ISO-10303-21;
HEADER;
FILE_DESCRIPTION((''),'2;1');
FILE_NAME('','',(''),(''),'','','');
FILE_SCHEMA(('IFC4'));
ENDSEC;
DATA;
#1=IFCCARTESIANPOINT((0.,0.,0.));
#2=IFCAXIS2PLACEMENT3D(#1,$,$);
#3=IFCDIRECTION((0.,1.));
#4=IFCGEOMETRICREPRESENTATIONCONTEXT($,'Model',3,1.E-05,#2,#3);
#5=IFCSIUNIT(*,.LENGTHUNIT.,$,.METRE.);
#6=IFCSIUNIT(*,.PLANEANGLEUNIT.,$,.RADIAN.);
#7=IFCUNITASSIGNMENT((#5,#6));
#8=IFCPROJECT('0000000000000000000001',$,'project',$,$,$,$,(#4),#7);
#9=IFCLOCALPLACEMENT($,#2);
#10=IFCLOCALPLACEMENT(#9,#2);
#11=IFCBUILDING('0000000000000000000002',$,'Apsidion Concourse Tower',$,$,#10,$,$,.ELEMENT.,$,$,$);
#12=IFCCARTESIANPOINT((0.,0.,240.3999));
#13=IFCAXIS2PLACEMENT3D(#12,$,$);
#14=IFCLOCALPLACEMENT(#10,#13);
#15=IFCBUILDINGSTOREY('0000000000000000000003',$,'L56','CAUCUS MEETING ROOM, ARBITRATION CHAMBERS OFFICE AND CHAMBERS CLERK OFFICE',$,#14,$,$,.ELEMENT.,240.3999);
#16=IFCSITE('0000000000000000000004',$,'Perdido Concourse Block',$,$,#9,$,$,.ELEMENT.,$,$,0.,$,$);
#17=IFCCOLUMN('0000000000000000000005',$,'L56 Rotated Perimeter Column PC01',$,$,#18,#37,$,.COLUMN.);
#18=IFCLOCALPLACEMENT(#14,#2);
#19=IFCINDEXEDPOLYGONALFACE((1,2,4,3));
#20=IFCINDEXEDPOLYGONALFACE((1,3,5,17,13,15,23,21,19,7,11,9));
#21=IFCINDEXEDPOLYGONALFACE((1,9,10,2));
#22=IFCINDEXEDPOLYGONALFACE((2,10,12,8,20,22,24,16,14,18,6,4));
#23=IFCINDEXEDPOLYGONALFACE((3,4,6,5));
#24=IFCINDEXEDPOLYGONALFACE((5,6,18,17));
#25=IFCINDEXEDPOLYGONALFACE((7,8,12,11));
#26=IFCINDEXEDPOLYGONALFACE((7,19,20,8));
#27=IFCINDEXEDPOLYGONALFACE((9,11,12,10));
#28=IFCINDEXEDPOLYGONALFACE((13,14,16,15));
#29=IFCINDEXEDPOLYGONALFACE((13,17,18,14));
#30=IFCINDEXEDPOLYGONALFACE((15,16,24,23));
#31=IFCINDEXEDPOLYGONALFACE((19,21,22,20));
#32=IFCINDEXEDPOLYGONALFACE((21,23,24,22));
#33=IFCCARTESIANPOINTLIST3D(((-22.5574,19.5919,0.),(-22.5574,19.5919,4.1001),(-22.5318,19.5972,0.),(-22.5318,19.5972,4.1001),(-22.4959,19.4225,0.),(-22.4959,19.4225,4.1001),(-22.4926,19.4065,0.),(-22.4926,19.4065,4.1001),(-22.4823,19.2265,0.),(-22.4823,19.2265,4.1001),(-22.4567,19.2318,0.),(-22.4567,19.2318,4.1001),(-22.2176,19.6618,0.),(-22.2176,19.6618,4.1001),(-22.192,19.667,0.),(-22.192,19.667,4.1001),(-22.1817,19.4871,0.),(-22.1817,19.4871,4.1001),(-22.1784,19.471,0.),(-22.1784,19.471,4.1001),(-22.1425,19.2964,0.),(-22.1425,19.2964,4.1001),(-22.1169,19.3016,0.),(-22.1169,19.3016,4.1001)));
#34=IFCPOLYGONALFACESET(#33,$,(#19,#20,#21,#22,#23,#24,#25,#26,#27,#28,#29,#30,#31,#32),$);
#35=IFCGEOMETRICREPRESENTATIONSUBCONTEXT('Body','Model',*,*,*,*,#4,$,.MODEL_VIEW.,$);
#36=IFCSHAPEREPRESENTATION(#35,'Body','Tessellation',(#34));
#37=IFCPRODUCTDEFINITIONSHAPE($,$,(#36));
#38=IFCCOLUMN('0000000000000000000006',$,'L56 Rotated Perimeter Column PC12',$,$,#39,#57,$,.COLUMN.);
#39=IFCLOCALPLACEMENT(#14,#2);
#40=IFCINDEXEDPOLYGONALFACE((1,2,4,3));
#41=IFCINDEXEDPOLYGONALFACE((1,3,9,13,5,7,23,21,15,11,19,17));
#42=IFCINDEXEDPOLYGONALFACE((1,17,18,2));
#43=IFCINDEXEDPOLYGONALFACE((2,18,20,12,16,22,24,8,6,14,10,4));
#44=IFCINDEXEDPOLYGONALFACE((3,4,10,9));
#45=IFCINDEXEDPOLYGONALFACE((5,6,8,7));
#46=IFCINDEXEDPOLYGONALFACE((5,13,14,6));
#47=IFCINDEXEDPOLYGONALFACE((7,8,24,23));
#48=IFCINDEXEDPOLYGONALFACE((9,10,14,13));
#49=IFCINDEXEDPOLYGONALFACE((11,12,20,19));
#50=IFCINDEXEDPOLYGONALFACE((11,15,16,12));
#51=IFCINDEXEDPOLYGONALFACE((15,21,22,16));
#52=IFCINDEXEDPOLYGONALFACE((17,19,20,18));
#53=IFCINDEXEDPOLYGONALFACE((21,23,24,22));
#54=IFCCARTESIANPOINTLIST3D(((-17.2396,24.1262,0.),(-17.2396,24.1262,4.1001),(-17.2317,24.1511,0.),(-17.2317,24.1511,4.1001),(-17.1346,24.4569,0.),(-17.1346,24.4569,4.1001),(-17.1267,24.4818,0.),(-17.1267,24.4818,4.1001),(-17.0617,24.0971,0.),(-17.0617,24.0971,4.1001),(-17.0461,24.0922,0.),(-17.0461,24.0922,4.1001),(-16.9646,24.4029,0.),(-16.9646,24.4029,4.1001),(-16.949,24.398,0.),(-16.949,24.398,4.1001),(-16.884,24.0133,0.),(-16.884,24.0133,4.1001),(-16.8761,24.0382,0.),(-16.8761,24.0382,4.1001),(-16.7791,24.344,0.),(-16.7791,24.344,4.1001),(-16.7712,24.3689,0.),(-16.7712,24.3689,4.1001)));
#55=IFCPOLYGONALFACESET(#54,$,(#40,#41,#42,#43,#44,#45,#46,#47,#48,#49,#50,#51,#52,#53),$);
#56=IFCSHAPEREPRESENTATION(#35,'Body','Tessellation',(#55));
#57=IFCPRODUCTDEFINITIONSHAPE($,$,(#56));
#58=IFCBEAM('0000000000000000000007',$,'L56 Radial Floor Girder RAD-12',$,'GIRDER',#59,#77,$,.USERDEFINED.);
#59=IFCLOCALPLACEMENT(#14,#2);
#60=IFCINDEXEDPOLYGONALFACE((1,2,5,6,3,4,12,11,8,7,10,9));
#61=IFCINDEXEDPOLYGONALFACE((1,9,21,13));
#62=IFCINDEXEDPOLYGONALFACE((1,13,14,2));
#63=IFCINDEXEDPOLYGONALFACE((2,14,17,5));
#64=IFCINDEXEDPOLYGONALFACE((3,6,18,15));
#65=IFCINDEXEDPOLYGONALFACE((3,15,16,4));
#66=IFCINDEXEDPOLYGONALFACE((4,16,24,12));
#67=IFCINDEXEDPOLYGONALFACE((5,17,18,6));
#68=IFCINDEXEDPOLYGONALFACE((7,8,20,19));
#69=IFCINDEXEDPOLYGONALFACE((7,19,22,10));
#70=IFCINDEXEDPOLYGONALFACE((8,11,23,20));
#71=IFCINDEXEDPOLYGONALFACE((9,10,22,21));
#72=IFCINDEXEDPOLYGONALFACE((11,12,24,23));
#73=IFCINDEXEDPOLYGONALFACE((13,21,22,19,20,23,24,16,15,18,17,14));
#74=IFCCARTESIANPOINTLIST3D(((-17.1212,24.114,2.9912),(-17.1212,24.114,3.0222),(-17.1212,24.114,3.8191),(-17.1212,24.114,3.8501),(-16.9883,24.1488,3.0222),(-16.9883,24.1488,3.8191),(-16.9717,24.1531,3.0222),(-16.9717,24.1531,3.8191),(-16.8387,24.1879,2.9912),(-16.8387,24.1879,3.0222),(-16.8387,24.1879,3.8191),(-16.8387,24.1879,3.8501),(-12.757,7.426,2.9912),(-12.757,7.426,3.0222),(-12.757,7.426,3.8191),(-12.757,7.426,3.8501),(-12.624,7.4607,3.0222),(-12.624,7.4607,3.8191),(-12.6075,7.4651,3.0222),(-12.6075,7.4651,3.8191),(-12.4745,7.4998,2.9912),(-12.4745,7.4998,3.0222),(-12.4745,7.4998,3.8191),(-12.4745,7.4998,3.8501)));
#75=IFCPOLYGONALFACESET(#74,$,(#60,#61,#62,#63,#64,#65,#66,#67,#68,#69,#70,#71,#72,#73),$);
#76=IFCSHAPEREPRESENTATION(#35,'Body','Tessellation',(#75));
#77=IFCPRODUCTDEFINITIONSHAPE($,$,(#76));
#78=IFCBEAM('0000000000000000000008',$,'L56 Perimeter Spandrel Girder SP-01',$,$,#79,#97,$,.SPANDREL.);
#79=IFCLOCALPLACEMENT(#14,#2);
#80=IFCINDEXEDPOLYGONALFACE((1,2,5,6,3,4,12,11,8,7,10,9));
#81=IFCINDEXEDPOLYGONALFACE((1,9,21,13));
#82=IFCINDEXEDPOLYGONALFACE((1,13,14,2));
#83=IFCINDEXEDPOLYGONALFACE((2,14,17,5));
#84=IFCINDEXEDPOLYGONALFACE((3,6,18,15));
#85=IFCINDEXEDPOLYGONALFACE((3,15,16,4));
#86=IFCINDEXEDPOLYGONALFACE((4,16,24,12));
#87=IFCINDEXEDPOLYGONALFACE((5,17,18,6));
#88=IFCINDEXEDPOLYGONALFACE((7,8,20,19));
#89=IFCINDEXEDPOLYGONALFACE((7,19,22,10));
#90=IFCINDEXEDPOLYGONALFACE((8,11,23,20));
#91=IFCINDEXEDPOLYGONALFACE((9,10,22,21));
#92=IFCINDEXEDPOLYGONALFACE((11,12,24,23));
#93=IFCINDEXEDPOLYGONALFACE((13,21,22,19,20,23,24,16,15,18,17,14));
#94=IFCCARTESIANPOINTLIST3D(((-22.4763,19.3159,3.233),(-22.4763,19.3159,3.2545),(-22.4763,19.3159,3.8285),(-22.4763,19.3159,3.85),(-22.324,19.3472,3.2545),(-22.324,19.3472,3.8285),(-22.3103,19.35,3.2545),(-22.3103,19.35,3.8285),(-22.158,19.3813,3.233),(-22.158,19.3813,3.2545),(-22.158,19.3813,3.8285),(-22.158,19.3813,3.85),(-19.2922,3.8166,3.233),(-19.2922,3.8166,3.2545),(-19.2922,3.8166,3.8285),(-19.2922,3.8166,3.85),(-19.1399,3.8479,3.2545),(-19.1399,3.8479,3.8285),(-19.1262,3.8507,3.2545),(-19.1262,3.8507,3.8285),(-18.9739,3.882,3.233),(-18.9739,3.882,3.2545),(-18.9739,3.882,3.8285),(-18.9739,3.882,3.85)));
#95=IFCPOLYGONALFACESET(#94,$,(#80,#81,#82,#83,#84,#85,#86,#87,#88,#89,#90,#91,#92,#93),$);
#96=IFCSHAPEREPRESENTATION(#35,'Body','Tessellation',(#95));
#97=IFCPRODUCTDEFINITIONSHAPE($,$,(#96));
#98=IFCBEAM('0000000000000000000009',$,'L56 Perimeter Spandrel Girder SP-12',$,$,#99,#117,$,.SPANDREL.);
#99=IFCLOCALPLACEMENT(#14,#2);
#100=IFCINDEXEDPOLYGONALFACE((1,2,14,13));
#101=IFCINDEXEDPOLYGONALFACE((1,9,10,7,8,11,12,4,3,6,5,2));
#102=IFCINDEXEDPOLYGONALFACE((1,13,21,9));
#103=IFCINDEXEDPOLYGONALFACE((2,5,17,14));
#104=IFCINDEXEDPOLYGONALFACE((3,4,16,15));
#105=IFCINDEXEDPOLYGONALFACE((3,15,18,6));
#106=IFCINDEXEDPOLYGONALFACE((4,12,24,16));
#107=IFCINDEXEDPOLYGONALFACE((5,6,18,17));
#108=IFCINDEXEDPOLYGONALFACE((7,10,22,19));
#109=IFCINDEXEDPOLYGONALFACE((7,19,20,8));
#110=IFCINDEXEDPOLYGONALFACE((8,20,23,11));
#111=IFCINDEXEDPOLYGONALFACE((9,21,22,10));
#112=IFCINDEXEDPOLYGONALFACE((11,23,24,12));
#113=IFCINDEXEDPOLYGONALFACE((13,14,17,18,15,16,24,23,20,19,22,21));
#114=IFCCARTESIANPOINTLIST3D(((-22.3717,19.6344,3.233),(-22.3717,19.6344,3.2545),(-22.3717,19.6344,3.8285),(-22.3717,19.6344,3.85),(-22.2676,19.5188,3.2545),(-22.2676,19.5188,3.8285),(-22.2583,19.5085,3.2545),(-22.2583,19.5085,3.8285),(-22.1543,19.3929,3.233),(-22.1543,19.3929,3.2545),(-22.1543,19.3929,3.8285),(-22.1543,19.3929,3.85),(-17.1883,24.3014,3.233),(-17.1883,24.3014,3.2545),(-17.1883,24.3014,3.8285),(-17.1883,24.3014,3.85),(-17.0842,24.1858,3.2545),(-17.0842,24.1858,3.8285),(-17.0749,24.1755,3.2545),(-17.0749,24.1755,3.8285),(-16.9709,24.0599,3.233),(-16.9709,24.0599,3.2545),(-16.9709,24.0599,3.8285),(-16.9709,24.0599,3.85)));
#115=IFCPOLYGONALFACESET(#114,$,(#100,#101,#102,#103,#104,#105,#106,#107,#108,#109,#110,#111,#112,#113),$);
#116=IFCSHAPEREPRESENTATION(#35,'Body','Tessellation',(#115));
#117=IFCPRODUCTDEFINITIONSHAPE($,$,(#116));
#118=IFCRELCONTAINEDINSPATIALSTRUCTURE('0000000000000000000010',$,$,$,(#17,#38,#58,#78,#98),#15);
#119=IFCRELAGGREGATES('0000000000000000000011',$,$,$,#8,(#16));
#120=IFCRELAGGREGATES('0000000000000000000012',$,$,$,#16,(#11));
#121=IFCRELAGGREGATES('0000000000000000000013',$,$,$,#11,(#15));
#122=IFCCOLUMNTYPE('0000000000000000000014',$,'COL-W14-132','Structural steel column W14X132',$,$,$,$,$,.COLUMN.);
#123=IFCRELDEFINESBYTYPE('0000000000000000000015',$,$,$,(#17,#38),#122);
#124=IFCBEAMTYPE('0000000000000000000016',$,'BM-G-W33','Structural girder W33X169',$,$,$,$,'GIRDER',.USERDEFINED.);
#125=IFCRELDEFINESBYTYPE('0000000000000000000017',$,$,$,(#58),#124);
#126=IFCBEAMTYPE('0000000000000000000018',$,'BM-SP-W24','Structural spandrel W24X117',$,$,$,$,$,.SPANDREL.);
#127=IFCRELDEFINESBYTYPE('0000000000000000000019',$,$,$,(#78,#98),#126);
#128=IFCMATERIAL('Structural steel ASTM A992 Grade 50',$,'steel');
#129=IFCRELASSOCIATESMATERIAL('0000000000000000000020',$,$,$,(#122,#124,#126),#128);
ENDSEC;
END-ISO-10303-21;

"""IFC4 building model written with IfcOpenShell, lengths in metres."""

from ifc_helpers import new_model, si_unit, direction, frame, origin, origin_2d, place, context, subcontext, project, spatial, i_section, extrude, material, material_profile, profile_set, type_object, element, save


model = new_model("IFC4")

# Units and contexts
model_context = context("Model", 3, precision=1e-05, world=origin(), true_north=direction((0.0, 1.0)))
body_context = subcontext(model_context, "Body", "Model", "MODEL_VIEW")
ifc_project = project(units=[si_unit("LENGTHUNIT", "METRE"), si_unit("PLANEANGLEUNIT", "RADIAN")], contexts=[model_context])

# Site, building, storey
site_placement = place(None, origin())
site = spatial("IfcSite", under=ifc_project, at=site_placement, Name="Perdido Concourse Block", CompositionType="ELEMENT", RefElevation=0.0)
building_placement = place(site_placement, origin())
building = spatial("IfcBuilding", under=site, at=building_placement, Name="Apsidion Concourse Tower", CompositionType="ELEMENT")
storey_placement = place(building_placement, frame((0.0, 0.0, 240.3999)))
storey = spatial("IfcBuildingStorey", under=building, at=storey_placement, Name="L56", Description="CAUCUS MEETING ROOM, ARBITRATION CHAMBERS OFFICE AND CHAMBERS CLERK OFFICE", CompositionType="ELEMENT", Elevation=240.3999)

# Columns
ifc_material_1 = material(Name="Structural steel ASTM A992 Grade 50", Category="steel")
ifc_material_profile_1 = material_profile(ifc_material_1, i_section(OverallWidth=0.373, OverallDepth=0.373, WebThickness=0.0164, FlangeThickness=0.0261, at=origin_2d()), Name="W14X132")
ifc_profile_set_1 = profile_set([ifc_material_profile_1], Name="Structural steel ASTM A992 Grade 50")
column_type = type_object("IfcColumnType", Name="COL-W14-132", Description="Structural steel column W14X132", PredefinedType="COLUMN", material=ifc_profile_set_1)
for number, where, z_axis, x_axis, name in (
    (1, (-22.3372, 19.4468, 0.0), (0.0, 0.0, 1.0), (-0.201249, 0.97954, 0.0), "L56 Rotated Perimeter Column PC01"),
    (2, (-17.0054, 24.2476, 0.0), (0.0, 0.0, 1.0), (-0.953138, 0.302536, 0.0), "L56 Rotated Perimeter Column PC12"),
):
    element("IfcColumn", number, at=place(storey_placement, frame(where, z_axis=z_axis, x_axis=x_axis)), inside=storey, type_object=column_type, Name=name, PredefinedType="COLUMN", context=body_context, shape_type="SweptSolid", body=[
        extrude(i_section(OverallWidth=0.373, OverallDepth=0.373, WebThickness=0.0164, FlangeThickness=0.0261, at=origin_2d()), origin(), (0.0, 0.0, 1.0), 4.1001),
    ])

# Beams
ifc_material_profile_2 = material_profile(ifc_material_1, i_section(OverallWidth=0.292, OverallDepth=0.8589, WebThickness=0.0171, FlangeThickness=0.031, at=origin_2d()), Name="W33X169")
ifc_profile_set_2 = profile_set([ifc_material_profile_2], Name="Structural steel ASTM A992 Grade 50")
beam_type_1 = type_object("IfcBeamType", Name="BM-G-W33", Description="Structural girder W33X169", ElementType="GIRDER", PredefinedType="USERDEFINED", material=ifc_profile_set_2)
beam_1_placement = place(storey_placement, frame((-12.6157, 7.4629, 3.4207), z_axis=(-0.253012, 0.967463, 0.0), x_axis=(-0.967463, -0.253012, 0.0)))
element("IfcBeam", 3, at=beam_1_placement, inside=storey, type_object=beam_type_1, Name="L56 Radial Floor Girder RAD-12", ObjectType="GIRDER", PredefinedType="USERDEFINED", context=body_context, shape_type="SweptSolid", body=[
    extrude(i_section(OverallWidth=0.292, OverallDepth=0.8589, WebThickness=0.0171, FlangeThickness=0.031, at=origin_2d()), origin(), (0.0, 0.0, 1.0), 17.2493),
])
ifc_material_profile_3 = material_profile(ifc_material_1, i_section(OverallWidth=0.325, OverallDepth=0.6169, WebThickness=0.0139, FlangeThickness=0.0215, at=origin_2d()), Name="W24X117")
ifc_profile_set_3 = profile_set([ifc_material_profile_3], Name="Structural steel ASTM A992 Grade 50")
beam_type_2 = type_object("IfcBeamType", Name="BM-SP-W24", Description="Structural spandrel W24X117", PredefinedType="SPANDREL", material=ifc_profile_set_3)
beam_2_placement = place(storey_placement, frame((-22.3171, 19.3486, 3.5415), z_axis=(0.201232, -0.979544, 0.0), x_axis=(0.979544, 0.201232, 0.0)))
element("IfcBeam", 4, at=beam_2_placement, inside=storey, type_object=beam_type_2, Name="L56 Perimeter Spandrel Girder SP-01", PredefinedType="SPANDREL", context=body_context, shape_type="SweptSolid", body=[
    extrude(i_section(OverallWidth=0.325, OverallDepth=0.6169, WebThickness=0.0139, FlangeThickness=0.0215, at=origin_2d()), origin(), (0.0, 0.0, 1.0), 15.823),
])
beam_3_placement = place(storey_placement, frame((-17.0796, 24.1807, 3.5415), z_axis=(-0.743153, -0.669121, 0.0), x_axis=(0.669121, -0.743153, 0.0)))
element("IfcBeam", 5, at=beam_3_placement, inside=storey, type_object=beam_type_2, Name="L56 Perimeter Spandrel Girder SP-12", PredefinedType="SPANDREL", context=body_context, shape_type="SweptSolid", body=[
    extrude(i_section(OverallWidth=0.325, OverallDepth=0.6169, WebThickness=0.0139, FlangeThickness=0.0215, at=origin_2d()), origin(), (0.0, 0.0, 1.0), 6.9749),
])

save(model, "model.ifc")
